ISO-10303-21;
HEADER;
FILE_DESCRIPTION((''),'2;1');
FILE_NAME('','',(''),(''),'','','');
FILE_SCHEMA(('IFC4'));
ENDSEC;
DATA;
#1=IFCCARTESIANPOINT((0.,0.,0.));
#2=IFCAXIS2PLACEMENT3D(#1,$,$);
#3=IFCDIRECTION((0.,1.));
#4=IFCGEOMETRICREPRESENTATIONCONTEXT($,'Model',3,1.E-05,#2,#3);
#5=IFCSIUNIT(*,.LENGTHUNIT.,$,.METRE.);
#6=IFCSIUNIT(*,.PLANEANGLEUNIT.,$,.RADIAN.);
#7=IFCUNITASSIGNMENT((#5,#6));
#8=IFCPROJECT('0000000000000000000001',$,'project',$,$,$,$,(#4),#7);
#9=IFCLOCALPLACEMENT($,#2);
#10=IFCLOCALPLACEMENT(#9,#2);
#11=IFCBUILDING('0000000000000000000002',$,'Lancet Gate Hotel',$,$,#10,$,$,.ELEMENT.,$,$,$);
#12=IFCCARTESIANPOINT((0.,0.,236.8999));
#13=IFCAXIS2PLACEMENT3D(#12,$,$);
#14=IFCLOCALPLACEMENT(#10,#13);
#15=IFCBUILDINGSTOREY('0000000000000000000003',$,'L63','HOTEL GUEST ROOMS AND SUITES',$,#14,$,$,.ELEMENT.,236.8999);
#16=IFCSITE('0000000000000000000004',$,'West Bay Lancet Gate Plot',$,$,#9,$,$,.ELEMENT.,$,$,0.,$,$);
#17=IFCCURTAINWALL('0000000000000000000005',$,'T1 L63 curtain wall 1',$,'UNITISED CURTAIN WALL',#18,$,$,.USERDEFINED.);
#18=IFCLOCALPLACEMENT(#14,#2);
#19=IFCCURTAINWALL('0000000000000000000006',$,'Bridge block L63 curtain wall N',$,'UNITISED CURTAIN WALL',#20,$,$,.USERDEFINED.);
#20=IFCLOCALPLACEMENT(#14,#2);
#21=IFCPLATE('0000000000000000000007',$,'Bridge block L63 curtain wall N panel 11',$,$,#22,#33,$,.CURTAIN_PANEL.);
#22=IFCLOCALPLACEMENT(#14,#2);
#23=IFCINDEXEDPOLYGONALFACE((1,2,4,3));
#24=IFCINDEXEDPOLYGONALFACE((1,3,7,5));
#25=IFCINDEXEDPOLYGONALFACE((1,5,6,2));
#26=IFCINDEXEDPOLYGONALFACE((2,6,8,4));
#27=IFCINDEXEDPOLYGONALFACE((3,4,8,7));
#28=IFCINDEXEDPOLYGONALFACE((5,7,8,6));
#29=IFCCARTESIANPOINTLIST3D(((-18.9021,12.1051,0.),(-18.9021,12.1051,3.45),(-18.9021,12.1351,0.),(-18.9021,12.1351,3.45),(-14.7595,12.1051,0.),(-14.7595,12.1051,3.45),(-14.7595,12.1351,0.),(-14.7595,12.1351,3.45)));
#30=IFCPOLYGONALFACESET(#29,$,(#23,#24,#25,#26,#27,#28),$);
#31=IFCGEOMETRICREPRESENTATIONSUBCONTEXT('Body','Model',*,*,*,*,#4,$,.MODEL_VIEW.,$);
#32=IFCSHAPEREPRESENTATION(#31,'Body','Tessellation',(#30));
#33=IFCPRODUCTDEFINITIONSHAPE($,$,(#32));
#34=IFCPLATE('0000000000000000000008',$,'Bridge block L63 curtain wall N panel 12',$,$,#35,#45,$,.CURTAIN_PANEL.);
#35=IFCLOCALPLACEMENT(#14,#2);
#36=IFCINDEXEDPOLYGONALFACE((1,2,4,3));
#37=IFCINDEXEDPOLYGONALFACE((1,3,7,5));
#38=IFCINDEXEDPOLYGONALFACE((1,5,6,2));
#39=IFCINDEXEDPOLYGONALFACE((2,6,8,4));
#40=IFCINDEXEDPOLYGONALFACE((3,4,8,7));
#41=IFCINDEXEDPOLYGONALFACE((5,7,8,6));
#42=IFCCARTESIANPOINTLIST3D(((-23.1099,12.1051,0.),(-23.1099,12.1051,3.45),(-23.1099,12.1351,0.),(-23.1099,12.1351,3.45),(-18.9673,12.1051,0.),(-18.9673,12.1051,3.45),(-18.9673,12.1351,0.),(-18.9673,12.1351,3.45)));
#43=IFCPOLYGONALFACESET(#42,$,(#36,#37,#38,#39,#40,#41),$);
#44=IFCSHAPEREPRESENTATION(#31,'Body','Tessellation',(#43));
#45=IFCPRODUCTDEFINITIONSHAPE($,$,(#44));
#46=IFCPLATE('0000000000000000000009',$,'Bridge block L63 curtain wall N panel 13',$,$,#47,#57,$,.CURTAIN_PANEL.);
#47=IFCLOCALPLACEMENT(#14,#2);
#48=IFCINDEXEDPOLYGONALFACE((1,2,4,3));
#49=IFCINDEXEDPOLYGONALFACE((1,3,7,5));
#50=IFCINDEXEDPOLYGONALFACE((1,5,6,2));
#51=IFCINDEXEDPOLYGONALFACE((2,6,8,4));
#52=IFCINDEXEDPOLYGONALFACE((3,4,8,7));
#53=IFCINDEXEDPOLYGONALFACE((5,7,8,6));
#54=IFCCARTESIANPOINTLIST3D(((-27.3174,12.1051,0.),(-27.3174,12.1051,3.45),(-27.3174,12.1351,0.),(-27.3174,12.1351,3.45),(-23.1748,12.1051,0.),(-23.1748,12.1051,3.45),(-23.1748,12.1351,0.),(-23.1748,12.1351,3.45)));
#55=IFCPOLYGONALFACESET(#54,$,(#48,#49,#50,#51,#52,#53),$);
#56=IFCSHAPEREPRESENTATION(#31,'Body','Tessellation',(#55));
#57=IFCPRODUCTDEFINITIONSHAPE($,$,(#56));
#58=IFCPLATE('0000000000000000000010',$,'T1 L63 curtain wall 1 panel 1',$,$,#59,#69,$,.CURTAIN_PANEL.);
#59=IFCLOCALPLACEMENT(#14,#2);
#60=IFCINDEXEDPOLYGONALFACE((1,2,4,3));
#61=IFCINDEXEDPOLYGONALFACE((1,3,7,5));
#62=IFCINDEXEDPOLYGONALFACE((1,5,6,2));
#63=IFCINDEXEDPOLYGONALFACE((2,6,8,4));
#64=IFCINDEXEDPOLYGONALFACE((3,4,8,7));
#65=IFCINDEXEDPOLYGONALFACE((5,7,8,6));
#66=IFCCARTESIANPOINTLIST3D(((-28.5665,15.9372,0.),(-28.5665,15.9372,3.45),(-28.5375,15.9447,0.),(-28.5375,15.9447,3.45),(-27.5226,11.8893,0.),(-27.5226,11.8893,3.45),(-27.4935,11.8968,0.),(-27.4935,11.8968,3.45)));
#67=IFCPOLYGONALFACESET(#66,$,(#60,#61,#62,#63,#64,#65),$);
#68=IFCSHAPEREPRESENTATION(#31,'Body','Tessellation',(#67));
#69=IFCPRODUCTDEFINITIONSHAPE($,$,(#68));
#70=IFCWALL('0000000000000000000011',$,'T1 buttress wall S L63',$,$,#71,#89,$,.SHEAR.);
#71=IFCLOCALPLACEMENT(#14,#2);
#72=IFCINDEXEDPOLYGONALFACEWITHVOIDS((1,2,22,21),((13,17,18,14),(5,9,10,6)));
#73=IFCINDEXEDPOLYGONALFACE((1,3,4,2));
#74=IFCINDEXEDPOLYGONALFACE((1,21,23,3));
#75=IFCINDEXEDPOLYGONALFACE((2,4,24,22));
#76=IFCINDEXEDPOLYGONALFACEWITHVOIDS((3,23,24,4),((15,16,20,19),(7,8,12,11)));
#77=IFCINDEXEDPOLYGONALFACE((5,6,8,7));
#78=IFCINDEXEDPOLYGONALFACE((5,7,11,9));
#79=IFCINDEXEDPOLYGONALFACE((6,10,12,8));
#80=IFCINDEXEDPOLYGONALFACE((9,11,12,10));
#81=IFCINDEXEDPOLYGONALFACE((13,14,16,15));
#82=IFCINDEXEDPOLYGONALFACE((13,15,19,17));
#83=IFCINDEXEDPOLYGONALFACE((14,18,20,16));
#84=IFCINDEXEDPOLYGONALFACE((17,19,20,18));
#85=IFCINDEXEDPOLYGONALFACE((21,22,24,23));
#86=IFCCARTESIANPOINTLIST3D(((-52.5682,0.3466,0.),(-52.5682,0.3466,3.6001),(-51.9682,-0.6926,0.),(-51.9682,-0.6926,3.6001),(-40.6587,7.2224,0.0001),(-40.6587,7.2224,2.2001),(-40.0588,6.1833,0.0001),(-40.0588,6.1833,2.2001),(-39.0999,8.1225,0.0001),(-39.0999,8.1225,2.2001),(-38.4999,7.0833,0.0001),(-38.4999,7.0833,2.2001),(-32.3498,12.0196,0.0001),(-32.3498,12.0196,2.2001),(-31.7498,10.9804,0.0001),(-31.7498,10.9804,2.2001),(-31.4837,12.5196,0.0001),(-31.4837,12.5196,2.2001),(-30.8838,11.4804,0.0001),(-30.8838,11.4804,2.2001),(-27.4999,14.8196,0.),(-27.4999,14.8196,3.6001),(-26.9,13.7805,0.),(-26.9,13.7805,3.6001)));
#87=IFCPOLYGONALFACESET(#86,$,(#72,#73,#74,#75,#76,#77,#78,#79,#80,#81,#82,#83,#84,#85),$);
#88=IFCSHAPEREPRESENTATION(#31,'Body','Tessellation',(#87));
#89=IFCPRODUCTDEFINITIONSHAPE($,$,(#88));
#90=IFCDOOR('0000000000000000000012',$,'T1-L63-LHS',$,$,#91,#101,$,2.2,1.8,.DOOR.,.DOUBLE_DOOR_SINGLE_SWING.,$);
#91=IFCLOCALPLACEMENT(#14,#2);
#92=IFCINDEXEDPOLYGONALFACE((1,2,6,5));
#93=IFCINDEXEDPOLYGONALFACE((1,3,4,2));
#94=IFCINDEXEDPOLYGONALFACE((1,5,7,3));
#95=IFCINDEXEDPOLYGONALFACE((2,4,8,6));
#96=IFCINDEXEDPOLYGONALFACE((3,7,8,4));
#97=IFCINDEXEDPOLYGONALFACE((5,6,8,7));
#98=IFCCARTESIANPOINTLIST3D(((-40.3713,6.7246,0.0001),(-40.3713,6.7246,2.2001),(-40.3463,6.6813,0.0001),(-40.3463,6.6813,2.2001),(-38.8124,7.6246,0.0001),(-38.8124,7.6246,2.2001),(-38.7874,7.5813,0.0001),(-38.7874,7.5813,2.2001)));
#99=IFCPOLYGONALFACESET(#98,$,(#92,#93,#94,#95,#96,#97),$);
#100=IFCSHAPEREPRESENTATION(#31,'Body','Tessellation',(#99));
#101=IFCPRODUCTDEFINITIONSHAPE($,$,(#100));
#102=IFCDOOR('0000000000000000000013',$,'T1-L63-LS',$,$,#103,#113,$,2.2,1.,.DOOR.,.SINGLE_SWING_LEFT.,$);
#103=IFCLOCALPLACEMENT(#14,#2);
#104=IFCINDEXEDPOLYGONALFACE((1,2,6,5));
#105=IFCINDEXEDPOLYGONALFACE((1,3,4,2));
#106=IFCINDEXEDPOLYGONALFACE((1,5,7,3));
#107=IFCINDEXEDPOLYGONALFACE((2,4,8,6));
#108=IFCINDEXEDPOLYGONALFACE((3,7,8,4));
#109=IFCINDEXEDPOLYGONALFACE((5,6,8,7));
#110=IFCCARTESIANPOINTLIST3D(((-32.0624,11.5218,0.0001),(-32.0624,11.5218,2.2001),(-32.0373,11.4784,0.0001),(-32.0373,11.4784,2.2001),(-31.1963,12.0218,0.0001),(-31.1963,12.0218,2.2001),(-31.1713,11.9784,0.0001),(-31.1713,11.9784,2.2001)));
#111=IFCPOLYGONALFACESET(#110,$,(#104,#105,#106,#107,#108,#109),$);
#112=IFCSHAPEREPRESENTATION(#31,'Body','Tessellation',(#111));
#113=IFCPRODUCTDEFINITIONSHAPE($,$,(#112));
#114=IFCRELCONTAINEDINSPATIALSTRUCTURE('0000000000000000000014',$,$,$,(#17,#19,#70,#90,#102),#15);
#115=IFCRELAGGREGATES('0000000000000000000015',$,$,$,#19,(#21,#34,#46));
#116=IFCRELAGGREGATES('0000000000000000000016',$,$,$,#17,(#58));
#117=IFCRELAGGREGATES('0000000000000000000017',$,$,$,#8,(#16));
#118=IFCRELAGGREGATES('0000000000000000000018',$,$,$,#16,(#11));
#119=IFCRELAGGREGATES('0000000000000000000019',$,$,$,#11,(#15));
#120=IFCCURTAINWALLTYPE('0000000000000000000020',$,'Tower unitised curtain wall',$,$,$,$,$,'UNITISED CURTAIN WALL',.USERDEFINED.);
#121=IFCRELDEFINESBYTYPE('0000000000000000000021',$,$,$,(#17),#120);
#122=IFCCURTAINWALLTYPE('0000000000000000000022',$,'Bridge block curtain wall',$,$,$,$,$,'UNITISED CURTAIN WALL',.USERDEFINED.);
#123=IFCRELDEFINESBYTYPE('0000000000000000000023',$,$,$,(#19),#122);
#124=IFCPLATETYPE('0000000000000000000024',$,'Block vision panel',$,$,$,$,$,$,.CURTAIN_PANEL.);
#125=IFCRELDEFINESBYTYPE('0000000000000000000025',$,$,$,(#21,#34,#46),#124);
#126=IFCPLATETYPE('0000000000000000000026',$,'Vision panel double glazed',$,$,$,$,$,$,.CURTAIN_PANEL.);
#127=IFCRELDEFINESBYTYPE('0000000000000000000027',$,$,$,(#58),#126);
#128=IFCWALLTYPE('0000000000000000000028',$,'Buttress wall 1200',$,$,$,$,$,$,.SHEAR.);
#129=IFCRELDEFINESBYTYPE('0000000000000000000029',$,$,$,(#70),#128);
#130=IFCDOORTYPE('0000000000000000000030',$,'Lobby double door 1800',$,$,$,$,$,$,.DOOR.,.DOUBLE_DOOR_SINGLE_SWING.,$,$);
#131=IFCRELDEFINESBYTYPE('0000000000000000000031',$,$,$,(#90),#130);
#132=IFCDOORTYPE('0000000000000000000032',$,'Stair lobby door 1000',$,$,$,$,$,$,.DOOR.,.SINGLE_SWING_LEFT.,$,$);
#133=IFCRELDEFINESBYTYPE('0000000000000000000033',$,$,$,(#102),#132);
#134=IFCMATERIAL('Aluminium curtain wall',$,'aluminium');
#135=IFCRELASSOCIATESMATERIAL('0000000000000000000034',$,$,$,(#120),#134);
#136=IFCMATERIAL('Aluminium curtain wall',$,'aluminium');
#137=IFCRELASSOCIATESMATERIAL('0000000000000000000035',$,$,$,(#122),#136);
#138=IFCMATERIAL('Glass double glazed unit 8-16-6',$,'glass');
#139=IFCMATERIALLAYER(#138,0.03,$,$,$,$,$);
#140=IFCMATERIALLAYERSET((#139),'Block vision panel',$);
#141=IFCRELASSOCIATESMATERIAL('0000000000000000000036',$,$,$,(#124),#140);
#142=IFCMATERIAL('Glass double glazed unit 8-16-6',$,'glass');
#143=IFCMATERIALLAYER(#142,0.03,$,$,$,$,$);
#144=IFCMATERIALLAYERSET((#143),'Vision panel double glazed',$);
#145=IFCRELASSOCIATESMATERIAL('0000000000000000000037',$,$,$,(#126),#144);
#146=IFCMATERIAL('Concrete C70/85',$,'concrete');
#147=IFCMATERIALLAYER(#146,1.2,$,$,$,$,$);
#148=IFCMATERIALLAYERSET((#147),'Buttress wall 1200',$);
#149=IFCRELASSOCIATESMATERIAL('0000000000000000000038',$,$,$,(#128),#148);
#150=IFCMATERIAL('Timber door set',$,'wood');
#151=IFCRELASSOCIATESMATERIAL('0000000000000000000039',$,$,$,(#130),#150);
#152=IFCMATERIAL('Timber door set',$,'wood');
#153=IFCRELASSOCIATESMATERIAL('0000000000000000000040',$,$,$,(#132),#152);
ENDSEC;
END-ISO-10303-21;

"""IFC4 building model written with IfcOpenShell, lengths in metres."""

from ifc_helpers import new_model, si_unit, direction, frame, frame_2d, origin, origin_2d, place, context, subcontext, project, spatial, rectangle, extrude, material, layer, layer_set, type_object, element, fill, aggregate, save


model = new_model("IFC4")

# Units and contexts
model_context = context("Model", 3, precision=1e-05, world=origin(), true_north=direction((0.0, 1.0)))
body_context = subcontext(model_context, "Body", "Model", "MODEL_VIEW")
ifc_project = project(units=[si_unit("LENGTHUNIT", "METRE"), si_unit("PLANEANGLEUNIT", "RADIAN")], contexts=[model_context])

# Site, building, storey
site_placement = place(None, origin())
site = spatial("IfcSite", under=ifc_project, at=site_placement, Name="West Bay Lancet Gate Plot", CompositionType="ELEMENT", RefElevation=0.0)
building_placement = place(site_placement, origin())
building = spatial("IfcBuilding", under=site, at=building_placement, Name="Lancet Gate Hotel", CompositionType="ELEMENT")
storey_placement = place(building_placement, frame((0.0, 0.0, 236.8999)))
storey = spatial("IfcBuildingStorey", under=building, at=storey_placement, Name="L63", Description="HOTEL GUEST ROOMS AND SUITES", CompositionType="ELEMENT", Elevation=236.8999)

# Curtain walls
ifc_material_1 = material(Name="Aluminium curtain wall", Category="aluminium")
curtain_wall_type_1 = type_object("IfcCurtainWallType", Name="Tower unitised curtain wall", ElementType="UNITISED CURTAIN WALL", PredefinedType="USERDEFINED", material=ifc_material_1)
curtain_wall_1_placement = place(storey_placement, origin())
curtain_wall_1 = element("IfcCurtainWall", 1, at=curtain_wall_1_placement, inside=storey, type_object=curtain_wall_type_1, Name="T1 L63 curtain wall 1", ObjectType="UNITISED CURTAIN WALL", PredefinedType="USERDEFINED")
ifc_material_2 = material(Name="Aluminium curtain wall", Category="aluminium")
curtain_wall_type_2 = type_object("IfcCurtainWallType", Name="Bridge block curtain wall", ElementType="UNITISED CURTAIN WALL", PredefinedType="USERDEFINED", material=ifc_material_2)
curtain_wall_2_placement = place(storey_placement, origin())
curtain_wall_2 = element("IfcCurtainWall", 2, at=curtain_wall_2_placement, inside=storey, type_object=curtain_wall_type_2, Name="Bridge block L63 curtain wall N", ObjectType="UNITISED CURTAIN WALL", PredefinedType="USERDEFINED")

# Plates
ifc_material_3 = material(Name="Glass double glazed unit 8-16-6", Category="glass")
ifc_layer_1 = layer(ifc_material_3, 0.03)
ifc_layer_set_1 = layer_set([ifc_layer_1], Name="Block vision panel")
plate_type_1 = type_object("IfcPlateType", Name="Block vision panel", PredefinedType="CURTAIN_PANEL", material=ifc_layer_set_1)
plate_1_placement = place(storey_placement, frame((-16.8308, 12.1201, 0.0), z_axis=(0.0, 0.0, 1.0), x_axis=(-1.0, 0.0, 0.0)))
plate_1 = element("IfcPlate", 3, at=plate_1_placement, type_object=plate_type_1, Name="Bridge block L63 curtain wall N panel 11", PredefinedType="CURTAIN_PANEL", context=body_context, shape_type="SweptSolid", body=[
    extrude(rectangle(XDim=4.1426, YDim=0.03, at=origin_2d()), origin(), (0.0, 0.0, 1.0), 3.45),
])
plate_2_placement = place(storey_placement, frame((-21.0386, 12.1201, 0.0), z_axis=(0.0, 0.0, 1.0), x_axis=(-1.0, 0.0, 0.0)))
plate_2 = element("IfcPlate", 4, at=plate_2_placement, type_object=plate_type_1, Name="Bridge block L63 curtain wall N panel 12", PredefinedType="CURTAIN_PANEL", context=body_context, shape_type="SweptSolid", body=[
    extrude(rectangle(XDim=4.1426, YDim=0.03, at=origin_2d()), origin(), (0.0, 0.0, 1.0), 3.45),
])
plate_3_placement = place(storey_placement, frame((-25.2461, 12.1201, 0.0), z_axis=(0.0, 0.0, 1.0), x_axis=(-1.0, 0.0, 0.0)))
plate_3 = element("IfcPlate", 5, at=plate_3_placement, type_object=plate_type_1, Name="Bridge block L63 curtain wall N panel 13", PredefinedType="CURTAIN_PANEL", context=body_context, shape_type="SweptSolid", body=[
    extrude(rectangle(XDim=4.1426, YDim=0.03, at=origin_2d()), origin(), (0.0, 0.0, 1.0), 3.45),
])
aggregate(curtain_wall_2, [plate_1, plate_2, plate_3])
ifc_material_4 = material(Name="Glass double glazed unit 8-16-6", Category="glass")
ifc_layer_2 = layer(ifc_material_4, 0.03)
ifc_layer_set_2 = layer_set([ifc_layer_2], Name="Vision panel double glazed")
plate_type_2 = type_object("IfcPlateType", Name="Vision panel double glazed", PredefinedType="CURTAIN_PANEL", material=ifc_layer_set_2)
plate_4_placement = place(storey_placement, frame((-28.03, 13.917, 0.0), z_axis=(0.0, 0.0, 1.0), x_axis=(-0.249726, 0.968317, 0.0)))
plate_4 = element("IfcPlate", 6, at=plate_4_placement, type_object=plate_type_2, Name="T1 L63 curtain wall 1 panel 1", PredefinedType="CURTAIN_PANEL", context=body_context, shape_type="SweptSolid", body=[
    extrude(rectangle(XDim=4.1804, YDim=0.03, at=origin_2d()), origin(), (0.0, 0.0, 1.0), 3.45),
])
aggregate(curtain_wall_1, [plate_4])

# Wall, openings, doors
ifc_material_5 = material(Name="Concrete C70/85", Category="concrete")
ifc_layer_3 = layer(ifc_material_5, 1.2)
ifc_layer_set_3 = layer_set([ifc_layer_3], Name="Buttress wall 1200")
wall_type_1 = type_object("IfcWallType", Name="Buttress wall 1200", PredefinedType="SHEAR", material=ifc_layer_set_3)
wall_1_placement = place(storey_placement, frame((-27.2, 14.3, 0.0), z_axis=(0.0, 0.0, 1.0), x_axis=(-0.866027, -0.499998, 0.0)))
wall_1 = element("IfcWall", 7, at=wall_1_placement, inside=storey, type_object=wall_type_1, Name="T1 buttress wall S L63", PredefinedType="SHEAR", context=body_context, shape_type="SweptSolid", body=[
    extrude(rectangle(XDim=28.9463, YDim=1.2, at=frame_2d((14.4731, 0.0))), origin(), (0.0, 0.0, 1.0), 3.6001),
])
opening_1_placement = place(wall_1_placement, frame((4.6001, 0.0, 0.0)))
opening_1 = element("IfcOpeningElement", 8, at=opening_1_placement, cuts=wall_1, PredefinedType="OPENING", context=body_context, shape_type="SweptSolid", body=[
    extrude(rectangle(XDim=1.0, YDim=2.2, at=frame_2d((0.5, 1.1001))), frame((0.0, 0.6099, 0.0), z_axis=(0.0, -1.0, 0.0), x_axis=(1.0, 0.0, 0.0)), (0.0, 0.0, 1.0), 1.22),
])
opening_2_placement = place(wall_1_placement, frame((13.3945, 0.0, 0.0)))
opening_2 = element("IfcOpeningElement", 9, at=opening_2_placement, cuts=wall_1, PredefinedType="OPENING", context=body_context, shape_type="SweptSolid", body=[
    extrude(rectangle(XDim=1.8, YDim=2.2, at=frame_2d((0.8999, 1.1001))), frame((0.0, 0.6099, 0.0), z_axis=(0.0, -1.0, 0.0), x_axis=(1.0, 0.0, 0.0)), (0.0, 0.0, 1.0), 1.22),
])
ifc_material_6 = material(Name="Timber door set", Category="wood")
door_type_1 = type_object("IfcDoorType", Name="Lobby double door 1800", OperationType="DOUBLE_DOOR_SINGLE_SWING", PredefinedType="DOOR", material=ifc_material_6)
door_1_placement = place(opening_2_placement, origin())
door_1 = element("IfcDoor", 10, at=door_1_placement, inside=storey, type_object=door_type_1, Name="T1-L63-LHS", OperationType="DOUBLE_DOOR_SINGLE_SWING", OverallHeight=2.2, OverallWidth=1.8, PredefinedType="DOOR", context=body_context, shape_type="SweptSolid", body=[
    extrude(rectangle(XDim=1.8, YDim=2.2, at=frame_2d((0.8999, 1.1001))), frame((0.0, 0.0249, 0.0), z_axis=(0.0, -1.0, 0.0), x_axis=(1.0, 0.0, 0.0)), (0.0, 0.0, 1.0), 0.05),
])
fill(opening_2, door_1)
ifc_material_7 = material(Name="Timber door set", Category="wood")
door_type_2 = type_object("IfcDoorType", Name="Stair lobby door 1000", OperationType="SINGLE_SWING_LEFT", PredefinedType="DOOR", material=ifc_material_7)
door_2_placement = place(opening_1_placement, origin())
door_2 = element("IfcDoor", 11, at=door_2_placement, inside=storey, type_object=door_type_2, Name="T1-L63-LS", OperationType="SINGLE_SWING_LEFT", OverallHeight=2.2, OverallWidth=1.0, PredefinedType="DOOR", context=body_context, shape_type="SweptSolid", body=[
    extrude(rectangle(XDim=1.0, YDim=2.2, at=frame_2d((0.5, 1.1001))), frame((0.0, 0.0249, 0.0), z_axis=(0.0, -1.0, 0.0), x_axis=(1.0, 0.0, 0.0)), (0.0, 0.0, 1.0), 0.05),
])
fill(opening_1, door_2)

save(model, "model.ifc")
